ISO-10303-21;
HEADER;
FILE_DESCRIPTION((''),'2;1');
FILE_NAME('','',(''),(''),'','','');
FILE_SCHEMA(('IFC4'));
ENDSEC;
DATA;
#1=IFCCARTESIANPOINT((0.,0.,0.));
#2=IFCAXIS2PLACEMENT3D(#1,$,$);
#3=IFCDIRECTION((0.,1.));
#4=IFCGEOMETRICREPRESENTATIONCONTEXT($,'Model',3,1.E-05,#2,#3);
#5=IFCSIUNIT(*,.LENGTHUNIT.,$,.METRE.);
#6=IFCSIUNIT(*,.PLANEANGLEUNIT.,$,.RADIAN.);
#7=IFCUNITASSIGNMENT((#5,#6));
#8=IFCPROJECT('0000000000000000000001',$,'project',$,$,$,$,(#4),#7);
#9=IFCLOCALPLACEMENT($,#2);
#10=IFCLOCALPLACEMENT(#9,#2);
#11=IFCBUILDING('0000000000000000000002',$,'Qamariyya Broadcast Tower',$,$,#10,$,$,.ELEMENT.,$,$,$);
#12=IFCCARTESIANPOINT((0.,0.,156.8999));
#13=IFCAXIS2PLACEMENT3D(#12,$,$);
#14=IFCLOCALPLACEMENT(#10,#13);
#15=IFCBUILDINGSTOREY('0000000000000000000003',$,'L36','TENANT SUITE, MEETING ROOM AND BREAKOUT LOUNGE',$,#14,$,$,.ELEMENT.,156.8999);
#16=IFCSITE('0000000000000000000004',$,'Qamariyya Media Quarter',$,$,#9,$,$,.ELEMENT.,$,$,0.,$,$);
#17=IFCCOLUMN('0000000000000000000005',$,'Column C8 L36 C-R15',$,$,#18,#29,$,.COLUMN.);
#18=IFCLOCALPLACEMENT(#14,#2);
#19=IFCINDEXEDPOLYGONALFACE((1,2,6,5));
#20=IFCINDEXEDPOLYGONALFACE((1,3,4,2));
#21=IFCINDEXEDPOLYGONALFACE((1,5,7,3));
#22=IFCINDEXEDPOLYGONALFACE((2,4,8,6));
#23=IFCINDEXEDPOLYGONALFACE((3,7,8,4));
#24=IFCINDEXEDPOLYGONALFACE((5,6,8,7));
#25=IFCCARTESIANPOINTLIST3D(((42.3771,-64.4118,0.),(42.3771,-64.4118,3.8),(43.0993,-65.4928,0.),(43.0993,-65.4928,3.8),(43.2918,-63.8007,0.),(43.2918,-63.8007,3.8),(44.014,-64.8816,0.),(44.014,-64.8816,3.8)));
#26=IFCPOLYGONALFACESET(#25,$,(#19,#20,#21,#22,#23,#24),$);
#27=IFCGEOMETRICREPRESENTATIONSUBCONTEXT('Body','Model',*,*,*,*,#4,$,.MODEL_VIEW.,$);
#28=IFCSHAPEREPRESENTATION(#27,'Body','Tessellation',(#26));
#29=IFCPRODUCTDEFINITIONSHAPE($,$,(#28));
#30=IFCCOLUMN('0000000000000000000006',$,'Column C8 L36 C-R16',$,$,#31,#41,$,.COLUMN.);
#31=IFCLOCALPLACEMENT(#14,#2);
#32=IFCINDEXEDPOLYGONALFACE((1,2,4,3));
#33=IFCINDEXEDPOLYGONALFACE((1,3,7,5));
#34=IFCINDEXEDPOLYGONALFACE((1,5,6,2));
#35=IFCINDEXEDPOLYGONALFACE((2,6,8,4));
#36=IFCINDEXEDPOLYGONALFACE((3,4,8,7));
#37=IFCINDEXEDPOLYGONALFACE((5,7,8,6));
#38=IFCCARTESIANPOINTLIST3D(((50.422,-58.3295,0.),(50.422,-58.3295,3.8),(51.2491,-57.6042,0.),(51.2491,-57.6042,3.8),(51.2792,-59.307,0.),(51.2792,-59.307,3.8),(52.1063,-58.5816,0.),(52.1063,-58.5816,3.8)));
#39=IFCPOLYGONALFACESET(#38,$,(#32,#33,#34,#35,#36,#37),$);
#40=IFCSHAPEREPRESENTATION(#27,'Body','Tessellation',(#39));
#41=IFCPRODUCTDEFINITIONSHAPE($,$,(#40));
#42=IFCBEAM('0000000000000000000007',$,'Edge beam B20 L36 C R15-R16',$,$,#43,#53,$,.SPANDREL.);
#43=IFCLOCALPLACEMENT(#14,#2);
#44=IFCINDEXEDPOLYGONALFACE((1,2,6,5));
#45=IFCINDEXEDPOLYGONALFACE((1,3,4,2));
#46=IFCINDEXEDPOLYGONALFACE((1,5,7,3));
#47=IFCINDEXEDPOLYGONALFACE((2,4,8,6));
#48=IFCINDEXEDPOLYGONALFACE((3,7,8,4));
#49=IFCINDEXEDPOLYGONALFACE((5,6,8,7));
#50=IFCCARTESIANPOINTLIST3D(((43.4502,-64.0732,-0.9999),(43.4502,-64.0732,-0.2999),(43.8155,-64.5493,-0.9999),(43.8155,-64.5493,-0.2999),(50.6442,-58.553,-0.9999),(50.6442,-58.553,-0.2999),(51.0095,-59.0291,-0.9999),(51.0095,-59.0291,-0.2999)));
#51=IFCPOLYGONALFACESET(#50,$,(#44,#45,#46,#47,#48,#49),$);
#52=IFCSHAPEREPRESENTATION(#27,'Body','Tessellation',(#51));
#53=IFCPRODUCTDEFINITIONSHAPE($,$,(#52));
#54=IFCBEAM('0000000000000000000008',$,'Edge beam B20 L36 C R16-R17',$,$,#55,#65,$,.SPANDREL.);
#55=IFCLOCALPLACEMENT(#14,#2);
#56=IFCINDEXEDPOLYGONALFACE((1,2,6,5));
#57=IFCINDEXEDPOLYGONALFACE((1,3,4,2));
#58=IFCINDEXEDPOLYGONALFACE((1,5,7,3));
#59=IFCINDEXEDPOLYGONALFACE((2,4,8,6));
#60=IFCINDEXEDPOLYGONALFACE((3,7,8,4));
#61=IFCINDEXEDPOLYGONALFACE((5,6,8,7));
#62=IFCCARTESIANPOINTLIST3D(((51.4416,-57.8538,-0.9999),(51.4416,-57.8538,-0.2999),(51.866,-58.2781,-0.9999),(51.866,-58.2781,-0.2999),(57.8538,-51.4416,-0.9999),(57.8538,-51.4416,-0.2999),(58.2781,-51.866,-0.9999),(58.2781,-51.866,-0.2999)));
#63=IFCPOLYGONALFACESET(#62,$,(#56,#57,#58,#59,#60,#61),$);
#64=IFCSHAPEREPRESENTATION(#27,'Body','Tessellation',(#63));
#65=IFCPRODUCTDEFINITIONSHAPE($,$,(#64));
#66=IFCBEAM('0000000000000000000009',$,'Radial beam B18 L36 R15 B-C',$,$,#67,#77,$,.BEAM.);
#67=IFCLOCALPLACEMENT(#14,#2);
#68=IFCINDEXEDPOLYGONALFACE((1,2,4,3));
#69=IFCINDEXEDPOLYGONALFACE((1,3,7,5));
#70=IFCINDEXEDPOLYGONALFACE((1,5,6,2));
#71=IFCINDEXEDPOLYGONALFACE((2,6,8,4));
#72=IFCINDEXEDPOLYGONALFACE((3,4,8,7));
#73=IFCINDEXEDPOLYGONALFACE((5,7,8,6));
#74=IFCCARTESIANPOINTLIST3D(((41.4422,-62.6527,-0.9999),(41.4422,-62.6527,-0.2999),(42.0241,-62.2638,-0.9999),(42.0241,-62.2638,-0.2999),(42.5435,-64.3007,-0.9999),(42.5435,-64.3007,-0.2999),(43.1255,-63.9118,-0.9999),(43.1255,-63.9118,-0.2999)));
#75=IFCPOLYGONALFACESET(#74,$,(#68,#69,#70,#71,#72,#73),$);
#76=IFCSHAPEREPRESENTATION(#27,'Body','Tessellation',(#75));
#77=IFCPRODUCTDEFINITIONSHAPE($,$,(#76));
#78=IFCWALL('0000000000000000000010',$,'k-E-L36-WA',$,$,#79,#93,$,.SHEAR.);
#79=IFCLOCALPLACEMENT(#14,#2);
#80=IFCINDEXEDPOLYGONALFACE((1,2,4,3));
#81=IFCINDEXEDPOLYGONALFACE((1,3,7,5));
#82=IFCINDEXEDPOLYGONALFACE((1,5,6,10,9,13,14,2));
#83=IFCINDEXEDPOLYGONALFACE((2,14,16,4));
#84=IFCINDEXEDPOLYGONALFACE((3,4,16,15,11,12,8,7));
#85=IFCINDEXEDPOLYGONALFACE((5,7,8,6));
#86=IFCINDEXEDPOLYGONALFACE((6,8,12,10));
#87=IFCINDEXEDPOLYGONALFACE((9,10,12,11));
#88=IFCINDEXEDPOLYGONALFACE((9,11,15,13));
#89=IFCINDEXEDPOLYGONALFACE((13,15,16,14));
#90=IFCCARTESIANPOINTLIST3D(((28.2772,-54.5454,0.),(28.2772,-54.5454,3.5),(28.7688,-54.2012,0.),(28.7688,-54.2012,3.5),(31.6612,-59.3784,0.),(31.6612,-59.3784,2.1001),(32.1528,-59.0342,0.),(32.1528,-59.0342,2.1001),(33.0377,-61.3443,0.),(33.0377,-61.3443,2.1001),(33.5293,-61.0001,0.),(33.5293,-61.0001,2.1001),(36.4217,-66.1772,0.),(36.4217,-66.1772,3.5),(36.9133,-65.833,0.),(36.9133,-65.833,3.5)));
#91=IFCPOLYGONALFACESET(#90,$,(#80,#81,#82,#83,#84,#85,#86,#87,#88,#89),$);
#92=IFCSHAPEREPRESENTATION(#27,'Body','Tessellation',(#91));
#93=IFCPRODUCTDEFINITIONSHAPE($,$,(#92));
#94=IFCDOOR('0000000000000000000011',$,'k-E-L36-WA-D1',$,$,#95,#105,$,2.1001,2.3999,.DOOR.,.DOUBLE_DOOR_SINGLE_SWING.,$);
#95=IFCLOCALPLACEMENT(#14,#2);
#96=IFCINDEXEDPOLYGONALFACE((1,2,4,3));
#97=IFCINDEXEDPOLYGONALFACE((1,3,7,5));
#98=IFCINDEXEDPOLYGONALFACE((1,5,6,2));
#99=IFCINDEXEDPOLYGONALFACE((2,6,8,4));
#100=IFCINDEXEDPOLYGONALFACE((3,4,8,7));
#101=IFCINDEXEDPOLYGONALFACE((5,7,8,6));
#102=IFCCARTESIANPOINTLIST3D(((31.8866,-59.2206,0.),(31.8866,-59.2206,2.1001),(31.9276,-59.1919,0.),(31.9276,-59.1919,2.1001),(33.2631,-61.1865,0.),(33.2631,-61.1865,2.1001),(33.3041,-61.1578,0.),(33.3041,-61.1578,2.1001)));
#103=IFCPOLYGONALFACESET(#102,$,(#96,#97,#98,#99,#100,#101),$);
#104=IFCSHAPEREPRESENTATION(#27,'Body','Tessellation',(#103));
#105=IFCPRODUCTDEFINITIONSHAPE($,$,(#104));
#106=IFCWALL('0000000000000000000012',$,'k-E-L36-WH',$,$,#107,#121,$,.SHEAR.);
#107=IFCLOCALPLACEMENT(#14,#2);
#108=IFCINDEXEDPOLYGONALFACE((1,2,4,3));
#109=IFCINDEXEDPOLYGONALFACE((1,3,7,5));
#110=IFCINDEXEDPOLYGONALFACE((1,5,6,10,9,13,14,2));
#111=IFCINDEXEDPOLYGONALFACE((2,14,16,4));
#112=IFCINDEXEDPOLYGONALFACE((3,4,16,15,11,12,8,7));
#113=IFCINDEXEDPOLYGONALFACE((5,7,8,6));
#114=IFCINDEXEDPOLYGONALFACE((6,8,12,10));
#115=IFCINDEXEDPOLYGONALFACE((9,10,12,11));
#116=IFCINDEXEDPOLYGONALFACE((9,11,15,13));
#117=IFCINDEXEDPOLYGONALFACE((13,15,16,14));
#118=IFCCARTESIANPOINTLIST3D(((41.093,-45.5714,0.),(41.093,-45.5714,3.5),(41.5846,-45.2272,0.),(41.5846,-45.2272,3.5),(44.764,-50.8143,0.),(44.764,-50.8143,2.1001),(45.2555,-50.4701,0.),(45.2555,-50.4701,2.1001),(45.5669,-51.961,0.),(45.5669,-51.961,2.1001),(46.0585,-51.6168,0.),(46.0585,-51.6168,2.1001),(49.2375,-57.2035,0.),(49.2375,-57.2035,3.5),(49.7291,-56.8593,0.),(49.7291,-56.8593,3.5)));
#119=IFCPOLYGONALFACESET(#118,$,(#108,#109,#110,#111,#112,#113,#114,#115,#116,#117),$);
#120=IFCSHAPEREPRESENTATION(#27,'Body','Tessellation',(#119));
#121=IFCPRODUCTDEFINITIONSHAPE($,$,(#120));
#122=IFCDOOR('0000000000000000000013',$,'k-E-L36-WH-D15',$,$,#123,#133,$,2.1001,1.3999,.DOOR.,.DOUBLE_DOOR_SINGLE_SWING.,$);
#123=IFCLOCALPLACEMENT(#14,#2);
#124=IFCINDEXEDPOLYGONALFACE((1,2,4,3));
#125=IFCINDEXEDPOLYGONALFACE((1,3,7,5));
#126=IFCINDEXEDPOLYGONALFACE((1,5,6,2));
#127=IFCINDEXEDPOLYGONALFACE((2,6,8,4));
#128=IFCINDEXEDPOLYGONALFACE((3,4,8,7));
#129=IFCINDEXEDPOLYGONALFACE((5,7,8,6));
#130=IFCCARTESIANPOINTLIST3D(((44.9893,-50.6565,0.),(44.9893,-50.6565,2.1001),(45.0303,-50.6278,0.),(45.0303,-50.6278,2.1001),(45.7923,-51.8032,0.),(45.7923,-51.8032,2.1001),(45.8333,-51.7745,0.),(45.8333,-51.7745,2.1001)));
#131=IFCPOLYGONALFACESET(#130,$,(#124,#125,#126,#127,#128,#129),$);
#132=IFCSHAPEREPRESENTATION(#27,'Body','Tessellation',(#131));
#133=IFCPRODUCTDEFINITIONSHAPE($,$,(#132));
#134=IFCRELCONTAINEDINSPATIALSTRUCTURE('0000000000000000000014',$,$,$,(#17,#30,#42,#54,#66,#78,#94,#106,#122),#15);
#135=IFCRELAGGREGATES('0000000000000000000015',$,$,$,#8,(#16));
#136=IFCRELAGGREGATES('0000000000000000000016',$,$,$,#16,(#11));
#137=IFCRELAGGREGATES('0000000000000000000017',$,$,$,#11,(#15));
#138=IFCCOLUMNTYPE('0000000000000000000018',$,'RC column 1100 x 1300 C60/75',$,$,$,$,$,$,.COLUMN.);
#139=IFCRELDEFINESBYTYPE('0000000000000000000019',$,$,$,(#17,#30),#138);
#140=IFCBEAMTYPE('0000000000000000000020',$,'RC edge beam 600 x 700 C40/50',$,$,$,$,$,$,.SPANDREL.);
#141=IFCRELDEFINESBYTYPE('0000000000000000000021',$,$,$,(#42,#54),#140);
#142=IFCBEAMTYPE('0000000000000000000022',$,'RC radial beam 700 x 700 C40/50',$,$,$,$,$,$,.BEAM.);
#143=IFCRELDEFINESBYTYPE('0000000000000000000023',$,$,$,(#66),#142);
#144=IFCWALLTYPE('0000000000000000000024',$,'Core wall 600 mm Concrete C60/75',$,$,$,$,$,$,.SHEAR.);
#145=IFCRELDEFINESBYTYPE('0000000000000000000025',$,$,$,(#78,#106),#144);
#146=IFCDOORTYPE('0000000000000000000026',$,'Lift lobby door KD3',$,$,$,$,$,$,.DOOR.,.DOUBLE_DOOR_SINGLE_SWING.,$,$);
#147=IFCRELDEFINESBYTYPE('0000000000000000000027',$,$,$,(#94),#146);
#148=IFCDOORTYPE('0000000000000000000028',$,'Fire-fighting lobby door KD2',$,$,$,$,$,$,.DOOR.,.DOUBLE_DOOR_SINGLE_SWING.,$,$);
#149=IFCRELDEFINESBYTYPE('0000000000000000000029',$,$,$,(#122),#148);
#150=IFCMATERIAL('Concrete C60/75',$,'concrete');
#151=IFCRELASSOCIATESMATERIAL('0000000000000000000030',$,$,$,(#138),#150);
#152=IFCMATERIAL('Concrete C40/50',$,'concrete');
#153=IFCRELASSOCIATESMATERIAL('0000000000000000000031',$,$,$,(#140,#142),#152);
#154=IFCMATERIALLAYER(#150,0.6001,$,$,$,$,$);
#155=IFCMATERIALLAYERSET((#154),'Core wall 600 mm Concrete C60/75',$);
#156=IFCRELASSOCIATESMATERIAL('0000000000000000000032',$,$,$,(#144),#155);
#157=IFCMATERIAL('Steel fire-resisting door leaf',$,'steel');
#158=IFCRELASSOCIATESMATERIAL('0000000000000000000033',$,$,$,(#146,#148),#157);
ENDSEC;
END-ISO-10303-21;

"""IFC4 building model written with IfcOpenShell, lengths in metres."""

from ifc_helpers import new_model, si_unit, direction, frame, frame_2d, origin, origin_2d, place, context, subcontext, project, spatial, rectangle, extrude, material, layer, layer_set, material_profile, profile_set, type_object, element, fill, save


model = new_model("IFC4")

# Units and contexts
model_context = context("Model", 3, precision=1e-05, world=origin(), true_north=direction((0.0, 1.0)))
body_context = subcontext(model_context, "Body", "Model", "MODEL_VIEW")
ifc_project = project(units=[si_unit("LENGTHUNIT", "METRE"), si_unit("PLANEANGLEUNIT", "RADIAN")], contexts=[model_context])

# Site, building, storey
site_placement = place(None, origin())
site = spatial("IfcSite", under=ifc_project, at=site_placement, Name="Qamariyya Media Quarter", CompositionType="ELEMENT", RefElevation=0.0)
building_placement = place(site_placement, origin())
building = spatial("IfcBuilding", under=site, at=building_placement, Name="Qamariyya Broadcast Tower", CompositionType="ELEMENT")
storey_placement = place(building_placement, frame((0.0, 0.0, 156.8999)))
storey = spatial("IfcBuildingStorey", under=building, at=storey_placement, Name="L36", Description="TENANT SUITE, MEETING ROOM AND BREAKOUT LOUNGE", CompositionType="ELEMENT", Elevation=156.8999)

# Columns
ifc_material_1 = material(Name="Concrete C60/75", Category="concrete")
ifc_material_profile_1 = material_profile(ifc_material_1, rectangle(XDim=1.1001, YDim=1.3, at=origin_2d()))
ifc_profile_set_1 = profile_set([ifc_material_profile_1], Name="Concrete C60/75")
column_type = type_object("IfcColumnType", Name="RC column 1100 x 1300 C60/75", PredefinedType="COLUMN", material=ifc_profile_set_1)
for number, where, z_axis, x_axis, name in (
    (1, (43.1956, -64.6467, 0.0), (0.0, 0.0, 1.0), (0.83147, 0.55557, 0.0), "Column C8 L36 C-R15"),
    (2, (51.2642, -58.4556, 0.0), (0.0, 0.0, 1.0), (0.75184, 0.659346, 0.0), "Column C8 L36 C-R16"),
):
    element("IfcColumn", number, at=place(storey_placement, frame(where, z_axis=z_axis, x_axis=x_axis)), inside=storey, type_object=column_type, Name=name, PredefinedType="COLUMN", context=body_context, shape_type="SweptSolid", body=[
        extrude(rectangle(XDim=1.1001, YDim=1.3, at=origin_2d()), origin(), (0.0, 0.0, 1.0), 3.8),
    ])

# Beams
ifc_material_2 = material(Name="Concrete C40/50", Category="concrete")
ifc_material_profile_2 = material_profile(ifc_material_2, rectangle(XDim=0.6001, YDim=0.7, at=origin_2d()))
ifc_profile_set_2 = profile_set([ifc_material_profile_2], Name="Concrete C40/50")
beam_type_1 = type_object("IfcBeamType", Name="RC edge beam 600 x 700 C40/50", PredefinedType="SPANDREL", material=ifc_profile_set_2)
beam_1_placement = place(storey_placement, frame((43.6328, -64.3113, -0.6499), z_axis=(0.793351, 0.608764, 0.0), x_axis=(-0.608764, 0.793351, 0.0)))
element("IfcBeam", 3, at=beam_1_placement, inside=storey, type_object=beam_type_1, Name="Edge beam B20 L36 C R15-R16", PredefinedType="SPANDREL", context=body_context, shape_type="SweptSolid", body=[
    extrude(rectangle(XDim=0.6001, YDim=0.7, at=origin_2d()), origin(), (0.0, 0.0, 1.0), 9.0679),
])
beam_2_placement = place(storey_placement, frame((51.6538, -58.0659, -0.6499), z_axis=(0.707107, 0.707107, 0.0), x_axis=(-0.707107, 0.707107, 0.0)))
element("IfcBeam", 4, at=beam_2_placement, inside=storey, type_object=beam_type_1, Name="Edge beam B20 L36 C R16-R17", PredefinedType="SPANDREL", context=body_context, shape_type="SweptSolid", body=[
    extrude(rectangle(XDim=0.6001, YDim=0.7, at=origin_2d()), origin(), (0.0, 0.0, 1.0), 9.0681),
])
ifc_material_profile_3 = material_profile(ifc_material_2, rectangle(XDim=0.7, YDim=0.7, at=origin_2d()))
ifc_profile_set_3 = profile_set([ifc_material_profile_3], Name="Concrete C40/50")
beam_type_2 = type_object("IfcBeamType", Name="RC radial beam 700 x 700 C40/50", PredefinedType="BEAM", material=ifc_profile_set_3)
beam_3_placement = place(storey_placement, frame((41.7332, -62.4583, -0.6499), z_axis=(0.555638, -0.831424, 0.0), x_axis=(0.831424, 0.555638, 0.0)))
element("IfcBeam", 5, at=beam_3_placement, inside=storey, type_object=beam_type_2, Name="Radial beam B18 L36 R15 B-C", PredefinedType="BEAM", context=body_context, shape_type="SweptSolid", body=[
    extrude(rectangle(XDim=0.7, YDim=0.7, at=origin_2d()), origin(), (0.0, 0.0, 1.0), 1.9822),
])

# Walls, openings, doors
ifc_layer_1 = layer(ifc_material_1, 0.6001)
ifc_layer_set_1 = layer_set([ifc_layer_1], Name="Core wall 600 mm Concrete C60/75")
wall_type_1 = type_object("IfcWallType", Name="Core wall 600 mm Concrete C60/75", PredefinedType="SHEAR", material=ifc_layer_set_1)
wall_1_placement = place(storey_placement, frame((36.6675, -66.0051, 0.0), z_axis=(0.0, 0.0, 1.0), x_axis=(-0.573568, 0.819158, 0.0)))
wall_1 = element("IfcWall", 6, at=wall_1_placement, inside=storey, type_object=wall_type_1, Name="k-E-L36-WA", PredefinedType="SHEAR", context=body_context, shape_type="SweptSolid", body=[
    extrude(rectangle(XDim=14.1997, YDim=0.6001, at=frame_2d((7.0999, 0.0))), origin(), (0.0, 0.0, 1.0), 3.5),
])
opening_1_placement = place(wall_1_placement, frame((5.8999, 0.0, 0.0)))
opening_1 = element("IfcOpeningElement", 7, at=opening_1_placement, cuts=wall_1, PredefinedType="OPENING", context=body_context, shape_type="SweptSolid", body=[
    extrude(rectangle(XDim=2.3999, YDim=2.1001, at=frame_2d((1.2, 1.05))), frame((0.0, 0.3101, 0.0), z_axis=(0.0, -1.0, 0.0), x_axis=(1.0, 0.0, 0.0)), (0.0, 0.0, 1.0), 0.6201),
])
ifc_material_3 = material(Name="Steel fire-resisting door leaf", Category="steel")
door_type_1 = type_object("IfcDoorType", Name="Lift lobby door KD3", OperationType="DOUBLE_DOOR_SINGLE_SWING", PredefinedType="DOOR", material=ifc_material_3)
door_1_placement = place(opening_1_placement, origin())
door_1 = element("IfcDoor", 8, at=door_1_placement, inside=storey, type_object=door_type_1, Name="k-E-L36-WA-D1", OperationType="DOUBLE_DOOR_SINGLE_SWING", OverallHeight=2.1001, OverallWidth=2.3999, PredefinedType="DOOR", context=body_context, shape_type="SweptSolid", body=[
    extrude(rectangle(XDim=2.3999, YDim=2.1001, at=frame_2d((1.2, 1.05))), frame((0.0, 0.0249, 0.0), z_axis=(0.0, -1.0, 0.0), x_axis=(1.0, 0.0, 0.0)), (0.0, 0.0, 1.0), 0.05),
])
fill(opening_1, door_1)
wall_2_placement = place(storey_placement, frame((49.4834, -57.0315, 0.0), z_axis=(0.0, 0.0, 1.0), x_axis=(-0.57356, 0.819163, 0.0)))
wall_2 = element("IfcWall", 9, at=wall_2_placement, inside=storey, type_object=wall_type_1, Name="k-E-L36-WH", PredefinedType="SHEAR", context=body_context, shape_type="SweptSolid", body=[
    extrude(rectangle(XDim=14.2, YDim=0.6001, at=frame_2d((7.1001, 0.0))), origin(), (0.0, 0.0, 1.0), 3.5),
])
opening_2_placement = place(wall_2_placement, frame((6.3999, 0.0, 0.0)))
opening_2 = element("IfcOpeningElement", 10, at=opening_2_placement, cuts=wall_2, PredefinedType="OPENING", context=body_context, shape_type="SweptSolid", body=[
    extrude(rectangle(XDim=1.3999, YDim=2.1001, at=frame_2d((0.7, 1.05))), frame((0.0, 0.3101, 0.0), z_axis=(0.0, -1.0, 0.0), x_axis=(1.0, 0.0, 0.0)), (0.0, 0.0, 1.0), 0.6201),
])
door_type_2 = type_object("IfcDoorType", Name="Fire-fighting lobby door KD2", OperationType="DOUBLE_DOOR_SINGLE_SWING", PredefinedType="DOOR", material=ifc_material_3)
door_2_placement = place(opening_2_placement, origin())
door_2 = element("IfcDoor", 11, at=door_2_placement, inside=storey, type_object=door_type_2, Name="k-E-L36-WH-D15", OperationType="DOUBLE_DOOR_SINGLE_SWING", OverallHeight=2.1001, OverallWidth=1.3999, PredefinedType="DOOR", context=body_context, shape_type="SweptSolid", body=[
    extrude(rectangle(XDim=1.3999, YDim=2.1001, at=frame_2d((0.7, 1.05))), frame((0.0, 0.0249, 0.0), z_axis=(0.0, -1.0, 0.0), x_axis=(1.0, 0.0, 0.0)), (0.0, 0.0, 1.0), 0.05),
])
fill(opening_2, door_2)

save(model, "model.ifc")
